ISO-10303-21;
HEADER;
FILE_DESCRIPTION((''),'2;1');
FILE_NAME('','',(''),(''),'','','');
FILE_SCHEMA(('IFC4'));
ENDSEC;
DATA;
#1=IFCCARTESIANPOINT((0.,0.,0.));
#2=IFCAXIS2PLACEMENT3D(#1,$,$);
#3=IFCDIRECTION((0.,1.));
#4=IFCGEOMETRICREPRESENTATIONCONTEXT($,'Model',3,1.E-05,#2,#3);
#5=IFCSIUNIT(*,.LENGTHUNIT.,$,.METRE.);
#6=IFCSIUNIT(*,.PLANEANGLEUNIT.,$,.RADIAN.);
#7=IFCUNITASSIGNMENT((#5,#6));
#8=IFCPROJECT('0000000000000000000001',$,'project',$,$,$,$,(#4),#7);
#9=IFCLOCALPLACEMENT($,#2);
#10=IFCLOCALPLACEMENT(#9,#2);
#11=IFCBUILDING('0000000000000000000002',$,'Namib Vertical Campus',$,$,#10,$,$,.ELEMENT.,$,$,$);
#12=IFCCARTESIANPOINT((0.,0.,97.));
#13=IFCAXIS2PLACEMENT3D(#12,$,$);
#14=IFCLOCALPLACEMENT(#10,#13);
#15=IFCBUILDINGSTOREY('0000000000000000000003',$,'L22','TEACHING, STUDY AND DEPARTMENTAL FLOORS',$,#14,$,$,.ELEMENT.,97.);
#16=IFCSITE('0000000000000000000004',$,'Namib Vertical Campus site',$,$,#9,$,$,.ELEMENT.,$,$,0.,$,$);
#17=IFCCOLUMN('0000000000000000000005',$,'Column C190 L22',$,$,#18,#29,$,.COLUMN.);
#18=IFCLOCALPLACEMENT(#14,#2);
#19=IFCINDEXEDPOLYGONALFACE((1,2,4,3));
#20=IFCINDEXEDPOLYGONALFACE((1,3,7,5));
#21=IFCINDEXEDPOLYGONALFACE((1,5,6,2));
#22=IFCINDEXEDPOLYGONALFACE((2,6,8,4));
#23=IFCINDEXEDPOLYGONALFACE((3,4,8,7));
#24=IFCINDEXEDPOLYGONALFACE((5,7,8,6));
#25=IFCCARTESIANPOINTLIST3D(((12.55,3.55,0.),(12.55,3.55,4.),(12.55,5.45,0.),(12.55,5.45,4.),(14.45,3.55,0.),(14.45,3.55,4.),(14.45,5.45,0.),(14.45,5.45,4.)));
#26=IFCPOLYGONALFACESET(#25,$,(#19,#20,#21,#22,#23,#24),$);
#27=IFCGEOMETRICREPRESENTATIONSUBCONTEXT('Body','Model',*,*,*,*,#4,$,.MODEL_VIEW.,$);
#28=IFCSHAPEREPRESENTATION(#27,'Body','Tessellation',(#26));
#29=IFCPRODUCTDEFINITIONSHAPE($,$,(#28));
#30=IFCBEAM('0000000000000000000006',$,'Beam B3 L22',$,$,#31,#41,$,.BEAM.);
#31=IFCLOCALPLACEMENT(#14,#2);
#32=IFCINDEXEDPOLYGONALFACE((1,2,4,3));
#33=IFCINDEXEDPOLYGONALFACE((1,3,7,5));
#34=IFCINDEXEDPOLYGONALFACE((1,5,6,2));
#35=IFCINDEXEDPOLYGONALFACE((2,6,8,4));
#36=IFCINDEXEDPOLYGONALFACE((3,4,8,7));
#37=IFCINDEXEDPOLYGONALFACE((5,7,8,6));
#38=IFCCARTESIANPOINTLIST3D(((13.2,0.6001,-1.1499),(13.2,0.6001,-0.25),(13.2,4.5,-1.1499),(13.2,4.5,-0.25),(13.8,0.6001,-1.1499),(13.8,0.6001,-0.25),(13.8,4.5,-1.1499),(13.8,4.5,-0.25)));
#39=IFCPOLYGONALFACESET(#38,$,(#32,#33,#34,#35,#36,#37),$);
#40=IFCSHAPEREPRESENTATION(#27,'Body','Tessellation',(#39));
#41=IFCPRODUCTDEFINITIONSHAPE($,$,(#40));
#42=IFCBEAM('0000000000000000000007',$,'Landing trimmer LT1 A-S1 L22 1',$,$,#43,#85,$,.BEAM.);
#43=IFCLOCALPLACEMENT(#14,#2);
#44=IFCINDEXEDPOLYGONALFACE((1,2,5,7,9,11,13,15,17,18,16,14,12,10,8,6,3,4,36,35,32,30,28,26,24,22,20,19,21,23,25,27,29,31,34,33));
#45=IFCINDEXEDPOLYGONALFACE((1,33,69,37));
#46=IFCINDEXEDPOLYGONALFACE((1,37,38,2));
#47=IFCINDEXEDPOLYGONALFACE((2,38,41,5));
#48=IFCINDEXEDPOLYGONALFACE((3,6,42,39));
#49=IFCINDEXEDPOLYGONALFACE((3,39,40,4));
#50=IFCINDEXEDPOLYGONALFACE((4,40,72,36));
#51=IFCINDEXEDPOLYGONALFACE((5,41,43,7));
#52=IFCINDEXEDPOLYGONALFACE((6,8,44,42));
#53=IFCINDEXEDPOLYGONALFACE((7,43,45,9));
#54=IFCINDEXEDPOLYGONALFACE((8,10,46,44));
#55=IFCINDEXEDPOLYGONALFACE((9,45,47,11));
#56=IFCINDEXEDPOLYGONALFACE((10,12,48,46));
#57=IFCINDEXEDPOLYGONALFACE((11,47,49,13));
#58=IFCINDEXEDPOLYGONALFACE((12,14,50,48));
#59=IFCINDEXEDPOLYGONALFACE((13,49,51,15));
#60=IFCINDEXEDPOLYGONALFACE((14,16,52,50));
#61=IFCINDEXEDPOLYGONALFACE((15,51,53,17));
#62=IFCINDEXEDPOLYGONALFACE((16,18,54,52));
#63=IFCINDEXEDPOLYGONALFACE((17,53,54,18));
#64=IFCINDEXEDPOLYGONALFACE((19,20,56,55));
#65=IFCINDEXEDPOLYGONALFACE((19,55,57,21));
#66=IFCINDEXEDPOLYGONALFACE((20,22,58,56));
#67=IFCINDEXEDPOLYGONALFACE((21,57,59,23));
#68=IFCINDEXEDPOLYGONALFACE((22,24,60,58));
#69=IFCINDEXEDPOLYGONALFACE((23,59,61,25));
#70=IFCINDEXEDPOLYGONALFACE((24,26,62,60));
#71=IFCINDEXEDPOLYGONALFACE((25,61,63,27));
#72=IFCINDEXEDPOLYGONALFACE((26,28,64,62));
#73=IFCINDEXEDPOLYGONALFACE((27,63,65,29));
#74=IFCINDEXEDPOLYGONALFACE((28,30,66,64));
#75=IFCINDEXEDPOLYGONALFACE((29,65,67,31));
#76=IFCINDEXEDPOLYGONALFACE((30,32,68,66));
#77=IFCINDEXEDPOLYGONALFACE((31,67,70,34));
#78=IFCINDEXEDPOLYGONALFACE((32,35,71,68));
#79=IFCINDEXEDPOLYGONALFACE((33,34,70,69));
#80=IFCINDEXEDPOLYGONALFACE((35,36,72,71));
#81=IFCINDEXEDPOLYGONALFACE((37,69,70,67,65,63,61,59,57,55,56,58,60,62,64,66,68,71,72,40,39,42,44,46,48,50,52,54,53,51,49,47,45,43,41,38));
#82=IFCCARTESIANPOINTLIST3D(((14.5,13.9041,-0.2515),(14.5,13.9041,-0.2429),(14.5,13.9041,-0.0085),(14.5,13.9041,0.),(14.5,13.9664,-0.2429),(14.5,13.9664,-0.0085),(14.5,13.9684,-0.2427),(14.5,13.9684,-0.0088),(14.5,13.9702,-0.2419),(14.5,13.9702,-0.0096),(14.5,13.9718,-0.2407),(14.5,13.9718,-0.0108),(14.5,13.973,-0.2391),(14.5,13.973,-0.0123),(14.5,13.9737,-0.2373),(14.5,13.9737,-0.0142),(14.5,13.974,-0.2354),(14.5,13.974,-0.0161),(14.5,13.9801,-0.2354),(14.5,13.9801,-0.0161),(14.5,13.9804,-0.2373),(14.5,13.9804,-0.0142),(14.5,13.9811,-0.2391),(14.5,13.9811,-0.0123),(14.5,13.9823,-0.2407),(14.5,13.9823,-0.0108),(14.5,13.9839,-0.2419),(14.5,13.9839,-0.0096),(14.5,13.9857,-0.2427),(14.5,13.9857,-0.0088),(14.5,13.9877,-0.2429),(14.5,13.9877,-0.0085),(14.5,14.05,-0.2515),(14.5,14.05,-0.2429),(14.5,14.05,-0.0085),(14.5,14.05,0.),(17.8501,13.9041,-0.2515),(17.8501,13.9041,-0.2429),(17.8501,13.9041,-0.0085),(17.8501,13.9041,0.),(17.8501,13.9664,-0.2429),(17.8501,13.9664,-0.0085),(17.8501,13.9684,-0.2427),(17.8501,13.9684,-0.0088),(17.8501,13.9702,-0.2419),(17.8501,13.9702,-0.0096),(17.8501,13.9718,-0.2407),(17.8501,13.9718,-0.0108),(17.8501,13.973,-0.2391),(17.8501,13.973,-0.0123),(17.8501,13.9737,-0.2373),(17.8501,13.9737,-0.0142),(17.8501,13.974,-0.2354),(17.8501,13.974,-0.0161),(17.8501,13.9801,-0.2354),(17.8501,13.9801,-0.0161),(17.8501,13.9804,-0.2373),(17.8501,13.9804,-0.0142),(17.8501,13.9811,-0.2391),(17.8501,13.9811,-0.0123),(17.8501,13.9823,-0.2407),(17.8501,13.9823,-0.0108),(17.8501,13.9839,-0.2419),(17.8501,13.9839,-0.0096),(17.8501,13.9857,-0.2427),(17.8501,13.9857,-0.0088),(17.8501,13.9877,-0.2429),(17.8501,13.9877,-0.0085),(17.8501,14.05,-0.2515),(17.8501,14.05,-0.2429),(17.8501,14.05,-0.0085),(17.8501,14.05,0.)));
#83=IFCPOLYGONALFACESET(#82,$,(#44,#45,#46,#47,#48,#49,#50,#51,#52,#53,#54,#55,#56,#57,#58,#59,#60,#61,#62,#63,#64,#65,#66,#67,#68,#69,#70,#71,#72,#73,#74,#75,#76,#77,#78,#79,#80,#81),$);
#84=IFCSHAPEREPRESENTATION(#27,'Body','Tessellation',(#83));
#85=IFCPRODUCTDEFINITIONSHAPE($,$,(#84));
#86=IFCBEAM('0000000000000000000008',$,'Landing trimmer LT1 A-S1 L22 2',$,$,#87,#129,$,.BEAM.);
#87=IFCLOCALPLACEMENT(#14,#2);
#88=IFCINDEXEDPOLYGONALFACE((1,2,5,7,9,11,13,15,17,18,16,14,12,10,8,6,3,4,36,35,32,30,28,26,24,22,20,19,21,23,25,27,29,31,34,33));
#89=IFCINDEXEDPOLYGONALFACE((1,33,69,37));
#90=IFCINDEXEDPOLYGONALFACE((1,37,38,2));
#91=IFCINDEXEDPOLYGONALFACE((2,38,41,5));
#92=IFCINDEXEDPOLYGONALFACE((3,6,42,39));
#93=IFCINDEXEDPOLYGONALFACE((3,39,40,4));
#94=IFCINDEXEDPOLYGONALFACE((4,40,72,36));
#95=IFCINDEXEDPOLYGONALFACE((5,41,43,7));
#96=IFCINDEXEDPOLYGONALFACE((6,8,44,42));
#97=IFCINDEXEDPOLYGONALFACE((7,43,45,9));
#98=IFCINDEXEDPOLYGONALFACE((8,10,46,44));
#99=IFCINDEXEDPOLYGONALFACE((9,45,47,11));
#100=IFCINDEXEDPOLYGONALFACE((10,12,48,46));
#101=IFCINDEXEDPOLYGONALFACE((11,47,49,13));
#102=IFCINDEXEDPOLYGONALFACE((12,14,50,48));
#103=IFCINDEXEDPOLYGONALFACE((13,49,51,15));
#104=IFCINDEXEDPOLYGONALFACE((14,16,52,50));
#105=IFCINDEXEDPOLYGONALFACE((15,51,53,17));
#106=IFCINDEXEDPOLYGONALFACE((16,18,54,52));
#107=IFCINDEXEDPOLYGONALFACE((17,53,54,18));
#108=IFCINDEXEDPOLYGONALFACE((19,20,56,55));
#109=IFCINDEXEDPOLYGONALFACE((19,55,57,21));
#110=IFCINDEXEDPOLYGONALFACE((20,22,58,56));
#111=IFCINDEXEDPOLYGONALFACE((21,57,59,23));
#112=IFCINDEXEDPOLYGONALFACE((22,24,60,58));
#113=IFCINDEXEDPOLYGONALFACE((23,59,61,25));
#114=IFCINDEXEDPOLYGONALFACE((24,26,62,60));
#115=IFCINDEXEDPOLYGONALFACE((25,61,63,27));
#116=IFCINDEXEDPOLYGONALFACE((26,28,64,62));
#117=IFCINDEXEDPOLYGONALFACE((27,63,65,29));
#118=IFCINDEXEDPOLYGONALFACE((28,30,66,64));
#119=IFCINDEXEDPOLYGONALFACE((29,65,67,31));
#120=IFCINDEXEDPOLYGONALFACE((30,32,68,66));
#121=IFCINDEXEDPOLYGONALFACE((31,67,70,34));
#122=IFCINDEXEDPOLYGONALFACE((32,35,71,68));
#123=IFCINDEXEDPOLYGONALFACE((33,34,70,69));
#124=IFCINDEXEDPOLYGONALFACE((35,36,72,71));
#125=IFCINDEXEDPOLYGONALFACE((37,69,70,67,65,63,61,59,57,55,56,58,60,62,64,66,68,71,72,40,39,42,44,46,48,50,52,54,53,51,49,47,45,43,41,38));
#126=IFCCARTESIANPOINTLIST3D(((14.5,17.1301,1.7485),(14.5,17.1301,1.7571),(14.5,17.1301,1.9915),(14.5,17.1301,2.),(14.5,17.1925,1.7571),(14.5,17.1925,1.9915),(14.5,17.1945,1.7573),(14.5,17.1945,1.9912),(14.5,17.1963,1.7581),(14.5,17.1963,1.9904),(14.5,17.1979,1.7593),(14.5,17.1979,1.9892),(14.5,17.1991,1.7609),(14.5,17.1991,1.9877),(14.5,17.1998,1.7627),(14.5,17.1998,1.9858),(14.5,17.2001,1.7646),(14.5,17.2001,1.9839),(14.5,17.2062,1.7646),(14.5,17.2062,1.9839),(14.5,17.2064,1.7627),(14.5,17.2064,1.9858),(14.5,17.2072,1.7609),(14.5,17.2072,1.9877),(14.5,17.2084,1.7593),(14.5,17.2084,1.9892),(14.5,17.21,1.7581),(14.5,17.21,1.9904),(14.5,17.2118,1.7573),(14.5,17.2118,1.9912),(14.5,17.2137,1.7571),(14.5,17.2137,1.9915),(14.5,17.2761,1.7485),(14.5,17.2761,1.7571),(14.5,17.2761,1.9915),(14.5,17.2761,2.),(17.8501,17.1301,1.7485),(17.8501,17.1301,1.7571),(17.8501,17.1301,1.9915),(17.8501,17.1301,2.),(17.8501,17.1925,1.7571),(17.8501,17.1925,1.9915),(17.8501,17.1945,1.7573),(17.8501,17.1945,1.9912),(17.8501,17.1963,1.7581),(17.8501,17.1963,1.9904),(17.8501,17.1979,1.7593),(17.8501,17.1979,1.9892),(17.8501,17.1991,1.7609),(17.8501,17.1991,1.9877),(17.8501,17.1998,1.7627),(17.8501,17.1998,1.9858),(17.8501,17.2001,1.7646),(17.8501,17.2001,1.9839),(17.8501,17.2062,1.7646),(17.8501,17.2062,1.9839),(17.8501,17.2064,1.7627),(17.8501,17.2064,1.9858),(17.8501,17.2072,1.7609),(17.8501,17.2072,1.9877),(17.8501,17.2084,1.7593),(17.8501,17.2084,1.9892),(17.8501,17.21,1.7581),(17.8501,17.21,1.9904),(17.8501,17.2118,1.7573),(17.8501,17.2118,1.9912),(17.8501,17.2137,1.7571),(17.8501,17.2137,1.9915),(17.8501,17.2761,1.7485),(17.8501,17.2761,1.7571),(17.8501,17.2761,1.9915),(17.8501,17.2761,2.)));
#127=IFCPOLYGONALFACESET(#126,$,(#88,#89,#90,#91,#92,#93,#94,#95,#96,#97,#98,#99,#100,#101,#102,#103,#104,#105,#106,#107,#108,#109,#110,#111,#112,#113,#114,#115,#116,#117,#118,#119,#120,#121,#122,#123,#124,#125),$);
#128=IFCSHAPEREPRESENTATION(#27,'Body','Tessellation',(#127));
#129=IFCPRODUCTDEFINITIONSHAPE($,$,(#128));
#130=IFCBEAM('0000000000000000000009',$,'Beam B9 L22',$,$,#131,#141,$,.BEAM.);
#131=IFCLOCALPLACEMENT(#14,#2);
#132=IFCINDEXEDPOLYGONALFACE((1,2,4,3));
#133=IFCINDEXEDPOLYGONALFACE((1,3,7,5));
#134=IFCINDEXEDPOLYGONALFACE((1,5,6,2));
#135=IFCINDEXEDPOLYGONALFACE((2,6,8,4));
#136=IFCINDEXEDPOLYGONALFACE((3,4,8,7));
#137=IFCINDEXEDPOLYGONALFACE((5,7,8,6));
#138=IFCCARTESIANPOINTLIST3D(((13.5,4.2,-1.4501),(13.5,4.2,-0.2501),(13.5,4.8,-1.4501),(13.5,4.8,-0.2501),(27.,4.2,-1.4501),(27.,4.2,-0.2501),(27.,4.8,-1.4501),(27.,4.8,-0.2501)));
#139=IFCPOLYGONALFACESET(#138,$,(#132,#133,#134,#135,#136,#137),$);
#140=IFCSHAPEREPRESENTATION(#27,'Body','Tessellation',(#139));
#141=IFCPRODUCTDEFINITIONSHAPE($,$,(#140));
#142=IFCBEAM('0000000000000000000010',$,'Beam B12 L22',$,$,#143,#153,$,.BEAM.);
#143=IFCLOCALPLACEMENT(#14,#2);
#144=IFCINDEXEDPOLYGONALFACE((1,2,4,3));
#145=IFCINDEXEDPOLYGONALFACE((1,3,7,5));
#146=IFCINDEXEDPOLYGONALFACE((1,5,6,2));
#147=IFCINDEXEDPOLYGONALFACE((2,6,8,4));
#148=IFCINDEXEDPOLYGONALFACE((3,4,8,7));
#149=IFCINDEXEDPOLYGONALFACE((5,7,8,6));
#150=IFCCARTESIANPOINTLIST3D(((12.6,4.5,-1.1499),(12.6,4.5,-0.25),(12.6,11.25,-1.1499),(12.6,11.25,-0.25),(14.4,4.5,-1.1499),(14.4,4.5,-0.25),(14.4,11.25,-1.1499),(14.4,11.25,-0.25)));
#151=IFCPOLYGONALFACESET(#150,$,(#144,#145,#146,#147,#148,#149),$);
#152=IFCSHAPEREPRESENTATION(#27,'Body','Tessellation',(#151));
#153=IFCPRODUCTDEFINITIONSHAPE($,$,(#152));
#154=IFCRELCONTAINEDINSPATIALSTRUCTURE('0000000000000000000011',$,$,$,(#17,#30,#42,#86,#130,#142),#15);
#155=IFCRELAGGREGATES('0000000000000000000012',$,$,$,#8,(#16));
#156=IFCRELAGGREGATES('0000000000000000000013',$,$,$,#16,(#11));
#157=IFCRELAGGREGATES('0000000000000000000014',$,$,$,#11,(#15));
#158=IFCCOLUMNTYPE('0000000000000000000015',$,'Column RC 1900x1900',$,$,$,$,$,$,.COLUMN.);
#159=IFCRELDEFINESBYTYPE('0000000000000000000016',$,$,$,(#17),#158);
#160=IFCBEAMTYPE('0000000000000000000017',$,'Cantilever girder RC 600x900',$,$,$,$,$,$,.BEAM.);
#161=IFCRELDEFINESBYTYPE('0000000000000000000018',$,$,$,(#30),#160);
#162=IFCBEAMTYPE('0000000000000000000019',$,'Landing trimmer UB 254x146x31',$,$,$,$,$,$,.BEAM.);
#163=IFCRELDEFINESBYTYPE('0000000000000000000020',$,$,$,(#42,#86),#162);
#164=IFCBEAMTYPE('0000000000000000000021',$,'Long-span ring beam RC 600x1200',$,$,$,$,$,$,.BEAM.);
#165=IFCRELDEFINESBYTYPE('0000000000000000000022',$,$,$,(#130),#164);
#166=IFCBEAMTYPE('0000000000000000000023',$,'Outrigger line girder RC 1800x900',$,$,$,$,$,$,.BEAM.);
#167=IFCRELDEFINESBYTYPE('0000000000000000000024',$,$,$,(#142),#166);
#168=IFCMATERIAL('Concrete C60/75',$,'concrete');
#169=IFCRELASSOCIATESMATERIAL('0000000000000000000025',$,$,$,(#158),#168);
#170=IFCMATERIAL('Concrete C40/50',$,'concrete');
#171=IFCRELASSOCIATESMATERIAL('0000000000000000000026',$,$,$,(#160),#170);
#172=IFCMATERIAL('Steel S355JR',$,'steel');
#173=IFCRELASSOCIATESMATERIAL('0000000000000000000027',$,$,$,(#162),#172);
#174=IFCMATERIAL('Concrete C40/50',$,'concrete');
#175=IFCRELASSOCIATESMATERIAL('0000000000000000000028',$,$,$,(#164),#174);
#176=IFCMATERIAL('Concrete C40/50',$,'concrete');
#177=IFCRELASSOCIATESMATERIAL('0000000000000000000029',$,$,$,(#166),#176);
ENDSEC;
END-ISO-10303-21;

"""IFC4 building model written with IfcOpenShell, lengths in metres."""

from ifc_helpers import new_model, si_unit, direction, frame, origin, origin_2d, place, context, subcontext, project, spatial, rectangle, i_section, extrude, material, material_profile, profile_set, type_object, element, save


model = new_model("IFC4")

# Units and contexts
model_context = context("Model", 3, precision=1e-05, world=origin(), true_north=direction((0.0, 1.0)))
body_context = subcontext(model_context, "Body", "Model", "MODEL_VIEW")
ifc_project = project(units=[si_unit("LENGTHUNIT", "METRE"), si_unit("PLANEANGLEUNIT", "RADIAN")], contexts=[model_context])

# Site, building, storey
site_placement = place(None, origin())
site = spatial("IfcSite", under=ifc_project, at=site_placement, Name="Namib Vertical Campus site", CompositionType="ELEMENT", RefElevation=0.0)
building_placement = place(site_placement, origin())
building = spatial("IfcBuilding", under=site, at=building_placement, Name="Namib Vertical Campus", CompositionType="ELEMENT")
storey_placement = place(building_placement, frame((0.0, 0.0, 97.0)))
storey = spatial("IfcBuildingStorey", under=building, at=storey_placement, Name="L22", Description="TEACHING, STUDY AND DEPARTMENTAL FLOORS", CompositionType="ELEMENT", Elevation=97.0)

# Column
ifc_material_1 = material(Name="Concrete C60/75", Category="concrete")
ifc_material_profile_1 = material_profile(ifc_material_1, rectangle(XDim=1.8999, YDim=1.8999, at=origin_2d()))
ifc_profile_set_1 = profile_set([ifc_material_profile_1], Name="Concrete C60/75")
column_type = type_object("IfcColumnType", Name="Column RC 1900x1900", PredefinedType="COLUMN", material=ifc_profile_set_1)
column_placement = place(storey_placement, frame((13.5, 4.5, 0.0), z_axis=(0.0, 0.0, 1.0), x_axis=(1.0, 0.0, 0.0)))
element("IfcColumn", 1, at=column_placement, inside=storey, type_object=column_type, Name="Column C190 L22", PredefinedType="COLUMN", context=body_context, shape_type="SweptSolid", body=[
    extrude(rectangle(XDim=1.8999, YDim=1.8999, at=origin_2d()), origin(), (0.0, 0.0, 1.0), 4.0),
])

# Beams
ifc_material_2 = material(Name="Concrete C40/50", Category="concrete")
ifc_material_profile_2 = material_profile(ifc_material_2, rectangle(XDim=0.6001, YDim=0.8999, at=origin_2d()))
ifc_profile_set_2 = profile_set([ifc_material_profile_2], Name="Concrete C40/50")
beam_type_1 = type_object("IfcBeamType", Name="Cantilever girder RC 600x900", PredefinedType="BEAM", material=ifc_profile_set_2)
beam_1_placement = place(storey_placement, frame((13.5, 4.5, -0.7), z_axis=(0.0, -1.0, 0.0), x_axis=(1.0, 0.0, 0.0)))
element("IfcBeam", 2, at=beam_1_placement, inside=storey, type_object=beam_type_1, Name="Beam B3 L22", PredefinedType="BEAM", context=body_context, shape_type="SweptSolid", body=[
    extrude(rectangle(XDim=0.6001, YDim=0.8999, at=origin_2d()), origin(), (0.0, 0.0, 1.0), 3.8999),
])
ifc_material_3 = material(Name="Steel S355JR", Category="steel")
ifc_material_profile_3 = material_profile(ifc_material_3, i_section(OverallWidth=0.146, OverallDepth=0.2515, WebThickness=0.0061, FlangeThickness=0.0085, FilletRadius=0.0076, at=origin_2d()))
ifc_profile_set_3 = profile_set([ifc_material_profile_3], Name="Steel S355JR")
beam_type_2 = type_object("IfcBeamType", Name="Landing trimmer UB 254x146x31", PredefinedType="BEAM", material=ifc_profile_set_3)
for number, where, z_axis, x_axis, name in (
    (3, (14.5, 13.9771, -0.1257), (1.0, 0.0, 0.0), (0.0, 1.0, 0.0), "Landing trimmer LT1 A-S1 L22 1"),
    (4, (14.5, 17.2031, 1.8743), (1.0, 0.0, 0.0), (0.0, 1.0, 0.0), "Landing trimmer LT1 A-S1 L22 2"),
):
    element("IfcBeam", number, at=place(storey_placement, frame(where, z_axis=z_axis, x_axis=x_axis)), inside=storey, type_object=beam_type_2, Name=name, PredefinedType="BEAM", context=body_context, shape_type="SweptSolid", body=[
        extrude(i_section(OverallWidth=0.146, OverallDepth=0.2515, WebThickness=0.0061, FlangeThickness=0.0085, FilletRadius=0.0076, at=origin_2d()), origin(), (0.0, 0.0, 1.0), 3.3501),
    ])
ifc_material_4 = material(Name="Concrete C40/50", Category="concrete")
ifc_material_profile_4 = material_profile(ifc_material_4, rectangle(XDim=0.6001, YDim=1.2, at=origin_2d()))
ifc_profile_set_4 = profile_set([ifc_material_profile_4], Name="Concrete C40/50")
beam_type_3 = type_object("IfcBeamType", Name="Long-span ring beam RC 600x1200", PredefinedType="BEAM", material=ifc_profile_set_4)
beam_2_placement = place(storey_placement, frame((13.5, 4.5, -0.8501), z_axis=(1.0, 0.0, 0.0), x_axis=(0.0, 1.0, 0.0)))
element("IfcBeam", 5, at=beam_2_placement, inside=storey, type_object=beam_type_3, Name="Beam B9 L22", PredefinedType="BEAM", context=body_context, shape_type="SweptSolid", body=[
    extrude(rectangle(XDim=0.6001, YDim=1.2, at=origin_2d()), origin(), (0.0, 0.0, 1.0), 13.5),
])
ifc_material_5 = material(Name="Concrete C40/50", Category="concrete")
ifc_material_profile_5 = material_profile(ifc_material_5, rectangle(XDim=1.8, YDim=0.8999, at=origin_2d()))
ifc_profile_set_5 = profile_set([ifc_material_profile_5], Name="Concrete C40/50")
beam_type_4 = type_object("IfcBeamType", Name="Outrigger line girder RC 1800x900", PredefinedType="BEAM", material=ifc_profile_set_5)
beam_3_placement = place(storey_placement, frame((13.5, 4.5, -0.7), z_axis=(0.0, 1.0, 0.0), x_axis=(-1.0, 0.0, 0.0)))
element("IfcBeam", 6, at=beam_3_placement, inside=storey, type_object=beam_type_4, Name="Beam B12 L22", PredefinedType="BEAM", context=body_context, shape_type="SweptSolid", body=[
    extrude(rectangle(XDim=1.8, YDim=0.8999, at=origin_2d()), origin(), (0.0, 0.0, 1.0), 6.75),
])

save(model, "model.ifc")
